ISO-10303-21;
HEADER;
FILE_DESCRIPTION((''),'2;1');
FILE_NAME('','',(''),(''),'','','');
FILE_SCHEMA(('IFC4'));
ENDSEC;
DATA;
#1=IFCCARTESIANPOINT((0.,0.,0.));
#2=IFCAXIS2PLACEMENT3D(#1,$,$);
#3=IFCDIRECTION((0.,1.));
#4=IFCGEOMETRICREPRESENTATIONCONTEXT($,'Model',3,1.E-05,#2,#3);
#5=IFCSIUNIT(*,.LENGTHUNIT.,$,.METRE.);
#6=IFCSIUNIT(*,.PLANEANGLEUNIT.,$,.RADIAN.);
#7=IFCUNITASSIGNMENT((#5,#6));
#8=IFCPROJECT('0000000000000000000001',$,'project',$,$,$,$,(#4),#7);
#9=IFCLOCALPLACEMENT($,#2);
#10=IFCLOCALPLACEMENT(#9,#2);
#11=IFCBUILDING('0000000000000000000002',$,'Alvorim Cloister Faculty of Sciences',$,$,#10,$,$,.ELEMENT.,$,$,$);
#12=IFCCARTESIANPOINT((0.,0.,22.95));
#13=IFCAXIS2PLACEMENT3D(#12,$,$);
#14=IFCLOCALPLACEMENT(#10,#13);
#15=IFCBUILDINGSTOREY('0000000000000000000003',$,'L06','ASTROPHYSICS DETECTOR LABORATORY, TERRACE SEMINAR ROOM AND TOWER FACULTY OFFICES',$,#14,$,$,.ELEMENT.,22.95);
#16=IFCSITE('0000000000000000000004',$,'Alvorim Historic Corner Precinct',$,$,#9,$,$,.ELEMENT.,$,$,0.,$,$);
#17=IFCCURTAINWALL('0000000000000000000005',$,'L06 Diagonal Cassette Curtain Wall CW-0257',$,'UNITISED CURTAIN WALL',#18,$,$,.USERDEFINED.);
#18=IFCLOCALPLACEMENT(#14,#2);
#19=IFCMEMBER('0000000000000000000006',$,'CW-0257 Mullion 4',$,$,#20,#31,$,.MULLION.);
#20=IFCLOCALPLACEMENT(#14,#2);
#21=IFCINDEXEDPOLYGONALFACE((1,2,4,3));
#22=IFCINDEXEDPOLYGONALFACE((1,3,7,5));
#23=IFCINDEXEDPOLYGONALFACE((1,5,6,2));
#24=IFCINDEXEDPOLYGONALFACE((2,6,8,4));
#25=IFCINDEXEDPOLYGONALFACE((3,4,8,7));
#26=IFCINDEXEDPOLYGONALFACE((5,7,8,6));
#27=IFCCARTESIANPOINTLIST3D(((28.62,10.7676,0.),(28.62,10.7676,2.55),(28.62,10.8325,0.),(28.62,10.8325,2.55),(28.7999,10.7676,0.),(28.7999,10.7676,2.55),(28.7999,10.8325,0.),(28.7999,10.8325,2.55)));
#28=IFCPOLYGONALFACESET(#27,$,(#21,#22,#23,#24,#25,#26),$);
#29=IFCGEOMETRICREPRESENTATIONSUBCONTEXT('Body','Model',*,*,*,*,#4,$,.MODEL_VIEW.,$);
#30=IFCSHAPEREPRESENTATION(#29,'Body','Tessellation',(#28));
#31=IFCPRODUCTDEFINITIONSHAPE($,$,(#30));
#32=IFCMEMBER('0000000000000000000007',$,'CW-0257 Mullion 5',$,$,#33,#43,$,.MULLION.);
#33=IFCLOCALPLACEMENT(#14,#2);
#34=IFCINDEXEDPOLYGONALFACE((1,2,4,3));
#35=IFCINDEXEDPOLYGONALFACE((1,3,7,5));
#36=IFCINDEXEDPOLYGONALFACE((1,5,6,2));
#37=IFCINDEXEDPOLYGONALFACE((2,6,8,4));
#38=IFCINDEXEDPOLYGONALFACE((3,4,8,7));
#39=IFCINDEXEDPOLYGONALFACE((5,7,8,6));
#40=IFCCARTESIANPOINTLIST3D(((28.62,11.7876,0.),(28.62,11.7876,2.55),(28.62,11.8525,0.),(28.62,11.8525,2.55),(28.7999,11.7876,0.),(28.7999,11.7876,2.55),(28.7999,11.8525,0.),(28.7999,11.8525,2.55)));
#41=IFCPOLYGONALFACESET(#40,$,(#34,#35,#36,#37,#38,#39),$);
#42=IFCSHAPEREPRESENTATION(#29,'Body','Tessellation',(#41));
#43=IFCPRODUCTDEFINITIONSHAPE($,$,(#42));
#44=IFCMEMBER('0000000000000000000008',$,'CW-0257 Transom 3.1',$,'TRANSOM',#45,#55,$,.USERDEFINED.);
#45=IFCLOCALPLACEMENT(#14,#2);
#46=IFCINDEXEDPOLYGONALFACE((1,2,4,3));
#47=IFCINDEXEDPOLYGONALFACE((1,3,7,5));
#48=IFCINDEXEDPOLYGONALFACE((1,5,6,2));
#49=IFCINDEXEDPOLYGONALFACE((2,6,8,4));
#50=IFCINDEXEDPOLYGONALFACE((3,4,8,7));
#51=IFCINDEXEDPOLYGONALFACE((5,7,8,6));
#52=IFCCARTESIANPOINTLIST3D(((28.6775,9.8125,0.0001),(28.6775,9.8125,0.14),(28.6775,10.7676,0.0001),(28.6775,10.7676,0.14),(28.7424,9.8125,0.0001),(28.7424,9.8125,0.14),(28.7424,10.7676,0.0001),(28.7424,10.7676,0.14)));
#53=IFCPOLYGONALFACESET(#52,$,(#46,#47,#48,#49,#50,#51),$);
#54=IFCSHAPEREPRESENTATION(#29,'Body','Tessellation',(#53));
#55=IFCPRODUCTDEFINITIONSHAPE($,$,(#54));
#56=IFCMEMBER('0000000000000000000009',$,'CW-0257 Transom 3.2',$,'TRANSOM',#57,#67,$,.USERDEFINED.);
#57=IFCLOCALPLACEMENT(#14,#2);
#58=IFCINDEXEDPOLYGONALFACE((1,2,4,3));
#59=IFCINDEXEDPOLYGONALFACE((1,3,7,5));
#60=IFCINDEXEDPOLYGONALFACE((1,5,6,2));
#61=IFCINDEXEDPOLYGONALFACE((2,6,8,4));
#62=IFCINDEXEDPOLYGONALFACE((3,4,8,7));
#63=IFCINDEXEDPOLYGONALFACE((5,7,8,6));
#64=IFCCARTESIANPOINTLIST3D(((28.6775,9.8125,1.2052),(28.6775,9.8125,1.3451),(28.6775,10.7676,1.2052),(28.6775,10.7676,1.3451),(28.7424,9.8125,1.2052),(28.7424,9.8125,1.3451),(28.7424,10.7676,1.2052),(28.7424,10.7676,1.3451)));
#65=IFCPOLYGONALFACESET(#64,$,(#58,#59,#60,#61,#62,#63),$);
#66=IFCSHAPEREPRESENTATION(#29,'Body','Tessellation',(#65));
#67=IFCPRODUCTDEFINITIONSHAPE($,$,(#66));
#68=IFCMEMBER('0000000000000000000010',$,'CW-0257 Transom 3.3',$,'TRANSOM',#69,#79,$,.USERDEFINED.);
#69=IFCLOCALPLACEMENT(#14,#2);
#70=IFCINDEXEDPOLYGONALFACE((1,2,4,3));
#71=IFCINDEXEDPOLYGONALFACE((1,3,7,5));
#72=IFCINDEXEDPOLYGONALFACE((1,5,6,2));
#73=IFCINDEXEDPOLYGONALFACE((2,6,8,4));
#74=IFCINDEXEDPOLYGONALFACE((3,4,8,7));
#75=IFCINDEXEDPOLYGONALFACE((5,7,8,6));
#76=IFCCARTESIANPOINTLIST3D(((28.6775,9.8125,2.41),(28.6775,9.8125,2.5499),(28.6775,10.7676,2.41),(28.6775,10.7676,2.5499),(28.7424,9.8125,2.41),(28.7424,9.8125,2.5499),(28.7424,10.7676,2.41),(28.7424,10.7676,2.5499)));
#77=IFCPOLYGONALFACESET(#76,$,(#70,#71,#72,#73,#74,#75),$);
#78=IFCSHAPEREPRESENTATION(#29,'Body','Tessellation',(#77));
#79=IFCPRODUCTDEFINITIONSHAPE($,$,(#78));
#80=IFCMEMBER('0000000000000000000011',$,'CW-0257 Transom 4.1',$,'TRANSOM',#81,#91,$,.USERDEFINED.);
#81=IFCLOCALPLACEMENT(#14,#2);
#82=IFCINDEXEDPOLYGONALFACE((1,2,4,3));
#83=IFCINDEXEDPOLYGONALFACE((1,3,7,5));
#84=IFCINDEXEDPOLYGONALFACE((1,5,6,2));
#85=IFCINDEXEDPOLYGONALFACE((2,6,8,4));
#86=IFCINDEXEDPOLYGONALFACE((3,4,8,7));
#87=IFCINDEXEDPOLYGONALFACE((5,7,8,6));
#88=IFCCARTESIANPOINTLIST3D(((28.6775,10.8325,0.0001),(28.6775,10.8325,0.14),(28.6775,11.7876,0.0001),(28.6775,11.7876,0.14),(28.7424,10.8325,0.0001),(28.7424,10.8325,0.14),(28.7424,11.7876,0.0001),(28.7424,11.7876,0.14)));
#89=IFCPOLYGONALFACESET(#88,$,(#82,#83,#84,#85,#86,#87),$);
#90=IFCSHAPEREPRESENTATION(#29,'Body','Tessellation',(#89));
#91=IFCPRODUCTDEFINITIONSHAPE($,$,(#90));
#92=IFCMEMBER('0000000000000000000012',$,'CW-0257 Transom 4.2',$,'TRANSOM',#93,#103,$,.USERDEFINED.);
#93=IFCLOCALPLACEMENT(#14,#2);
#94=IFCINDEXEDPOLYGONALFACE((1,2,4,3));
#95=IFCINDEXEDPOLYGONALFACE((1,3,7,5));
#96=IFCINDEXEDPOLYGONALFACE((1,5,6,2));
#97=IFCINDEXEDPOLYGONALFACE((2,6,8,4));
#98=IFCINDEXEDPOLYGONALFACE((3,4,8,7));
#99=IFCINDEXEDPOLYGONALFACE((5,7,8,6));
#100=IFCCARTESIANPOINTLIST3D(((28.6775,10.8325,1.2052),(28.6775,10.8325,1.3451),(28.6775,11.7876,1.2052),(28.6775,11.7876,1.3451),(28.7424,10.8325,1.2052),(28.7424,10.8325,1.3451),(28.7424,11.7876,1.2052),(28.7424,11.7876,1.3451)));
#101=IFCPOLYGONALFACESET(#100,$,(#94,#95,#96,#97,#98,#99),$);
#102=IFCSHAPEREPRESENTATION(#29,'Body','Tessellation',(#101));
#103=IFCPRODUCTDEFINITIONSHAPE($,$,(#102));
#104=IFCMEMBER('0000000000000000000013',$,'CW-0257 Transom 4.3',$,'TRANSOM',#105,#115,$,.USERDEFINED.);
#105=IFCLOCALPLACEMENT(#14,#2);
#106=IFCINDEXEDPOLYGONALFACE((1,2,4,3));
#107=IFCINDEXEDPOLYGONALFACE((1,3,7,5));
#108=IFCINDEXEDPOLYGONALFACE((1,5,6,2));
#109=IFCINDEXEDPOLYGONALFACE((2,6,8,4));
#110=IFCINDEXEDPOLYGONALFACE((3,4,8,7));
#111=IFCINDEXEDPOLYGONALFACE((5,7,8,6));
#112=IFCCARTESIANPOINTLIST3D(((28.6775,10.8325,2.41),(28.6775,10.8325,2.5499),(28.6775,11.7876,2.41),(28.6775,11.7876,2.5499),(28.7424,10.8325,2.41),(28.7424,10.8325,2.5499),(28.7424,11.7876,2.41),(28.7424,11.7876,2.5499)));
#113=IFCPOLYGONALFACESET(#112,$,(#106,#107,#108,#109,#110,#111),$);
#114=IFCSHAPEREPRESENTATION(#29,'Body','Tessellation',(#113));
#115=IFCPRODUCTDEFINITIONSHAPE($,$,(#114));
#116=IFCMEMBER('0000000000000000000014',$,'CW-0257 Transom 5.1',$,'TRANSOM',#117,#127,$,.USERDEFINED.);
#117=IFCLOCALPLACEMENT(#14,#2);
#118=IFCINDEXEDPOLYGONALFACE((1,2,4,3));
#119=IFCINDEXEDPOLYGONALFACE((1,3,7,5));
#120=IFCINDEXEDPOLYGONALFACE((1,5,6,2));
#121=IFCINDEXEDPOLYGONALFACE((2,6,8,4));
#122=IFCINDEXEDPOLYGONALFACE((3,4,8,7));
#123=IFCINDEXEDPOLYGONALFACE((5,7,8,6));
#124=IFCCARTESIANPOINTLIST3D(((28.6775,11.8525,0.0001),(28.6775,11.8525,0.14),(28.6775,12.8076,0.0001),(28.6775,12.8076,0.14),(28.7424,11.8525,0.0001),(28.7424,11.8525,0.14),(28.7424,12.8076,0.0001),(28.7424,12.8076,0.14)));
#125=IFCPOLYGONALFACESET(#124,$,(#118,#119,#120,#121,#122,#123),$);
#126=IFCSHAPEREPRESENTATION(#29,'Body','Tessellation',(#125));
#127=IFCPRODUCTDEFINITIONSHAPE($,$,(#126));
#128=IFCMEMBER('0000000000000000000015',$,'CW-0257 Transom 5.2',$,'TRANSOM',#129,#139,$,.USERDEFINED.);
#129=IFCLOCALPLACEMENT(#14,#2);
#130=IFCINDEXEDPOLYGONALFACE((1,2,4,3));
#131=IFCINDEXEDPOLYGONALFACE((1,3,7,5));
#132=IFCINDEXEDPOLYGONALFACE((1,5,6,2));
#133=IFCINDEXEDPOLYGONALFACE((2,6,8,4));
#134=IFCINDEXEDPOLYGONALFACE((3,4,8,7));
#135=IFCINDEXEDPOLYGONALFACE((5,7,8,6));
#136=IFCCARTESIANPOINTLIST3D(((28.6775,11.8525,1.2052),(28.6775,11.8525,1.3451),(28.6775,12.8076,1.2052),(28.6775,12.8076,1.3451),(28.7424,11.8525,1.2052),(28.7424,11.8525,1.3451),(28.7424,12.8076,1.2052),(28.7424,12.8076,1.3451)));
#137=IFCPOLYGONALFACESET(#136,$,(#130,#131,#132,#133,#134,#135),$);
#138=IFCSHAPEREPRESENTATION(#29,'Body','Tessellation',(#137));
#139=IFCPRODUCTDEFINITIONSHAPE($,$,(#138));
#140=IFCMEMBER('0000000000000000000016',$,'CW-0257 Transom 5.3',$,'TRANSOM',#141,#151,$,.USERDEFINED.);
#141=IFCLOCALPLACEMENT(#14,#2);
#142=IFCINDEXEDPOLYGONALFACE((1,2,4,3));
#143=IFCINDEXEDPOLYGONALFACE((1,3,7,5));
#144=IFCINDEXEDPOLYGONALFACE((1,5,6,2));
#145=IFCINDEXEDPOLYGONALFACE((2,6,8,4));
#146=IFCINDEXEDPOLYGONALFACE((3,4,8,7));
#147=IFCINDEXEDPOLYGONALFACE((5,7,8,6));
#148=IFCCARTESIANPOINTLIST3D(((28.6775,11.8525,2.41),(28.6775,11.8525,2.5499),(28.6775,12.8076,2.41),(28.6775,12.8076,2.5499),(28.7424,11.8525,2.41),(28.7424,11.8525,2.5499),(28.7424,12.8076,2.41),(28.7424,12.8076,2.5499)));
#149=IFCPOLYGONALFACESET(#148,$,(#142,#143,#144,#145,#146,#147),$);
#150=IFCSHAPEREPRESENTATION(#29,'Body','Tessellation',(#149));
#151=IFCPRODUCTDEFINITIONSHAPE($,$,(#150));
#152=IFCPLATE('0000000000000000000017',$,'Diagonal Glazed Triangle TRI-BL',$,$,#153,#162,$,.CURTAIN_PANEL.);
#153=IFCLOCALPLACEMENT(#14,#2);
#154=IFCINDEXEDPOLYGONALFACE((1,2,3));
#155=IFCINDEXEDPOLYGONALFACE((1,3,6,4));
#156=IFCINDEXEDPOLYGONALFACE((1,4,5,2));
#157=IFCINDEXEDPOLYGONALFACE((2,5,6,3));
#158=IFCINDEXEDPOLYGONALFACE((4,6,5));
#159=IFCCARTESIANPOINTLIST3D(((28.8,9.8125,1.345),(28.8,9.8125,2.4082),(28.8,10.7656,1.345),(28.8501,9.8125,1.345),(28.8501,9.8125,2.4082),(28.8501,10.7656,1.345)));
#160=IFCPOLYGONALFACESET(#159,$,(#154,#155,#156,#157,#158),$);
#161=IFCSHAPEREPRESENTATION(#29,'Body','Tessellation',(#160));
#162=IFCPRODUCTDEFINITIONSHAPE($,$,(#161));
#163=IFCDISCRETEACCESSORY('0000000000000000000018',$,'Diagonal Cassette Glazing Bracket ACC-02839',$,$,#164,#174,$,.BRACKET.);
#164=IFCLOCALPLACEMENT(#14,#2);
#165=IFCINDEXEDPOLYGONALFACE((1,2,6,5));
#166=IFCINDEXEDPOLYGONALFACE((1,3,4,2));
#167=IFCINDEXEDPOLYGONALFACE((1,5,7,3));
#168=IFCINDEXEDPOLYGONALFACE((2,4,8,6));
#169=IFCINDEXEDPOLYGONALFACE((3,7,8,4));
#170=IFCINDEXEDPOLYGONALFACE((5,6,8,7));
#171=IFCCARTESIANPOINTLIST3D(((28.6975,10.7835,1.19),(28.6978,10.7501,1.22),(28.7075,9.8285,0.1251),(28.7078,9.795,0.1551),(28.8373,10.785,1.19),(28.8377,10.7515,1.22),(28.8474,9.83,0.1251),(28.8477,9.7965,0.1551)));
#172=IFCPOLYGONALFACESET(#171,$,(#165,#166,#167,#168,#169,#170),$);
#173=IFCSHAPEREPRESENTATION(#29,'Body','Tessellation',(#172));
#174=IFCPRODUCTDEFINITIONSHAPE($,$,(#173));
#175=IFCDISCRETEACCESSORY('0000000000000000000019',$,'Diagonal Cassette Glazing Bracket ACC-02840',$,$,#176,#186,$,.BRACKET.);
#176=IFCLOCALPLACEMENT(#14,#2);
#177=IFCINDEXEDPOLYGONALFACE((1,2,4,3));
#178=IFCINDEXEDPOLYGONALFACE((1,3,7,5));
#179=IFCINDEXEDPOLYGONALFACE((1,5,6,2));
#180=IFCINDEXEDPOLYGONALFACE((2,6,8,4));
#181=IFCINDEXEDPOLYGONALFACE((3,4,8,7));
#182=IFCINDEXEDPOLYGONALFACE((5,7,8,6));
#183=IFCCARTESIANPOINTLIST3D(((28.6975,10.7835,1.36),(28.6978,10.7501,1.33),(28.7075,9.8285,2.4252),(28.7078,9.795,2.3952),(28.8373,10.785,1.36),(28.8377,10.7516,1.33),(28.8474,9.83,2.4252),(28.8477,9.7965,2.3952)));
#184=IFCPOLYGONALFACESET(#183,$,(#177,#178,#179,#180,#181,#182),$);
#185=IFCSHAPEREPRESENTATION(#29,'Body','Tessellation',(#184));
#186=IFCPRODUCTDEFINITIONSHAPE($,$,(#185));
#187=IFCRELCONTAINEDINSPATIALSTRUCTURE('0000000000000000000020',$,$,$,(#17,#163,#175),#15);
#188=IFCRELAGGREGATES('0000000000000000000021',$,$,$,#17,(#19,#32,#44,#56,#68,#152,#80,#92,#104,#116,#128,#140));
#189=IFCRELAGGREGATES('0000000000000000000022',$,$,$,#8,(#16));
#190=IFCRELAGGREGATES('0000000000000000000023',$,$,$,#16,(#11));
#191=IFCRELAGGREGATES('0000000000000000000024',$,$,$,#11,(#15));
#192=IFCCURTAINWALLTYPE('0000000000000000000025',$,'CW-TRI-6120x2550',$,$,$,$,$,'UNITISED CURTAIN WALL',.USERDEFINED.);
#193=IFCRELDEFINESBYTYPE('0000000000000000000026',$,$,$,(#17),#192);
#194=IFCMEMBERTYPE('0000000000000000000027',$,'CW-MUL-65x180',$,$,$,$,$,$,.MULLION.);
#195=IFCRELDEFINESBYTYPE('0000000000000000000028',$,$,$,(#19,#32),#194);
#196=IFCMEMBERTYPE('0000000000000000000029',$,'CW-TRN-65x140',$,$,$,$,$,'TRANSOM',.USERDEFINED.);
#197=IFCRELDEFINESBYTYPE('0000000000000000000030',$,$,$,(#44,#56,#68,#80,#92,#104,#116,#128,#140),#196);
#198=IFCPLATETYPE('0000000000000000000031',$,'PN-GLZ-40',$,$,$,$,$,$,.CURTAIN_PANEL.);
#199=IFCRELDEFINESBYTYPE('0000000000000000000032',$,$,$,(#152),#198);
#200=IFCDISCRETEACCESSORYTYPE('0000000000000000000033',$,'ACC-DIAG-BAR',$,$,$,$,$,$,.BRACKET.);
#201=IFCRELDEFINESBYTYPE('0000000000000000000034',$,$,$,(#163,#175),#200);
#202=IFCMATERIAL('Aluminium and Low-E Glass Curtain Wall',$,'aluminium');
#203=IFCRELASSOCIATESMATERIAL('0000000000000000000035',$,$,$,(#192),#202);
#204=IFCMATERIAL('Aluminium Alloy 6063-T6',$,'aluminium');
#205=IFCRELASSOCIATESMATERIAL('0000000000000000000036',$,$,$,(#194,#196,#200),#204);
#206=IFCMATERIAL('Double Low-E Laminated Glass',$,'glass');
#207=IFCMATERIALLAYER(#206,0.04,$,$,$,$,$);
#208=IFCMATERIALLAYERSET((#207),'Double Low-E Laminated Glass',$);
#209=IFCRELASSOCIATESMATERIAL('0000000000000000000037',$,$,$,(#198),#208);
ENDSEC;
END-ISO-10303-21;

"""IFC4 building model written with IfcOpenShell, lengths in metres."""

from ifc_helpers import new_model, si_unit, direction, frame, origin, origin_2d, place, context, subcontext, project, spatial, polyline, rectangle, outline, extrude, material, layer, layer_set, material_profile, profile_set, type_object, element, aggregate, save


model = new_model("IFC4")

# Units and contexts
model_context = context("Model", 3, precision=1e-05, world=origin(), true_north=direction((0.0, 1.0)))
body_context = subcontext(model_context, "Body", "Model", "MODEL_VIEW")
ifc_project = project(units=[si_unit("LENGTHUNIT", "METRE"), si_unit("PLANEANGLEUNIT", "RADIAN")], contexts=[model_context])

# Site, building, storey
site_placement = place(None, origin())
site = spatial("IfcSite", under=ifc_project, at=site_placement, Name="Alvorim Historic Corner Precinct", CompositionType="ELEMENT", RefElevation=0.0)
building_placement = place(site_placement, origin())
building = spatial("IfcBuilding", under=site, at=building_placement, Name="Alvorim Cloister Faculty of Sciences", CompositionType="ELEMENT")
storey_placement = place(building_placement, frame((0.0, 0.0, 22.95)))
storey = spatial("IfcBuildingStorey", under=building, at=storey_placement, Name="L06", Description="ASTROPHYSICS DETECTOR LABORATORY, TERRACE SEMINAR ROOM AND TOWER FACULTY OFFICES", CompositionType="ELEMENT", Elevation=22.95)

# Curtain wall, members, plate
ifc_material_1 = material(Name="Aluminium and Low-E Glass Curtain Wall", Category="aluminium")
curtain_wall_type = type_object("IfcCurtainWallType", Name="CW-TRI-6120x2550", ElementType="UNITISED CURTAIN WALL", PredefinedType="USERDEFINED", material=ifc_material_1)
curtain_wall_placement = place(storey_placement, origin())
curtain_wall = element("IfcCurtainWall", 1, at=curtain_wall_placement, inside=storey, type_object=curtain_wall_type, Name="L06 Diagonal Cassette Curtain Wall CW-0257", ObjectType="UNITISED CURTAIN WALL", PredefinedType="USERDEFINED")
ifc_material_2 = material(Name="Aluminium Alloy 6063-T6", Category="aluminium")
ifc_material_profile_1 = material_profile(ifc_material_2, rectangle(XDim=0.0649, YDim=0.1799, at=origin_2d()), Name="ALU-MUL-65x180")
ifc_profile_set_1 = profile_set([ifc_material_profile_1], Name="Aluminium Alloy 6063-T6")
member_type_1 = type_object("IfcMemberType", Name="CW-MUL-65x180", PredefinedType="MULLION", material=ifc_profile_set_1)
member_1_placement = place(storey_placement, frame((28.71, 10.8, 0.0), z_axis=(0.0, 0.0, 1.0), x_axis=(0.0, 1.0, 0.0)))
member_1 = element("IfcMember", 2, at=member_1_placement, type_object=member_type_1, Name="CW-0257 Mullion 4", PredefinedType="MULLION", context=body_context, shape_type="SweptSolid", body=[
    extrude(rectangle(XDim=0.0649, YDim=0.1799, at=origin_2d()), origin(), (0.0, 0.0, 1.0), 2.55),
])
member_2_placement = place(storey_placement, frame((28.71, 11.8201, 0.0), z_axis=(0.0, 0.0, 1.0), x_axis=(0.0, 1.0, 0.0)))
member_2 = element("IfcMember", 3, at=member_2_placement, type_object=member_type_1, Name="CW-0257 Mullion 5", PredefinedType="MULLION", context=body_context, shape_type="SweptSolid", body=[
    extrude(rectangle(XDim=0.0649, YDim=0.1799, at=origin_2d()), origin(), (0.0, 0.0, 1.0), 2.55),
])
ifc_material_profile_2 = material_profile(ifc_material_2, rectangle(XDim=0.0649, YDim=0.1399, at=origin_2d()), Name="ALU-TRN-65x140")
ifc_profile_set_2 = profile_set([ifc_material_profile_2], Name="Aluminium Alloy 6063-T6")
member_type_2 = type_object("IfcMemberType", Name="CW-TRN-65x140", ElementType="TRANSOM", PredefinedType="USERDEFINED", material=ifc_profile_set_2)
member_3_placement = place(storey_placement, frame((28.71, 9.8125, 0.0701), z_axis=(0.0, 1.0, 0.0), x_axis=(-1.0, 0.0, 0.0)))
member_3 = element("IfcMember", 4, at=member_3_placement, type_object=member_type_2, Name="CW-0257 Transom 3.1", ObjectType="TRANSOM", PredefinedType="USERDEFINED", context=body_context, shape_type="SweptSolid", body=[
    extrude(rectangle(XDim=0.0649, YDim=0.1399, at=origin_2d()), origin(), (0.0, 0.0, 1.0), 0.9551),
])
member_4_placement = place(storey_placement, frame((28.71, 9.8125, 1.2751), z_axis=(0.0, 1.0, 0.0), x_axis=(-1.0, 0.0, 0.0)))
member_4 = element("IfcMember", 5, at=member_4_placement, type_object=member_type_2, Name="CW-0257 Transom 3.2", ObjectType="TRANSOM", PredefinedType="USERDEFINED", context=body_context, shape_type="SweptSolid", body=[
    extrude(rectangle(XDim=0.0649, YDim=0.1399, at=origin_2d()), origin(), (0.0, 0.0, 1.0), 0.9551),
])
member_5_placement = place(storey_placement, frame((28.71, 9.8125, 2.48), z_axis=(0.0, 1.0, 0.0), x_axis=(-1.0, 0.0, 0.0)))
member_5 = element("IfcMember", 6, at=member_5_placement, type_object=member_type_2, Name="CW-0257 Transom 3.3", ObjectType="TRANSOM", PredefinedType="USERDEFINED", context=body_context, shape_type="SweptSolid", body=[
    extrude(rectangle(XDim=0.0649, YDim=0.1399, at=origin_2d()), origin(), (0.0, 0.0, 1.0), 0.9551),
])
member_6_placement = place(storey_placement, frame((28.71, 10.8325, 0.0701), z_axis=(0.0, 1.0, 0.0), x_axis=(-1.0, 0.0, 0.0)))
member_6 = element("IfcMember", 7, at=member_6_placement, type_object=member_type_2, Name="CW-0257 Transom 4.1", ObjectType="TRANSOM", PredefinedType="USERDEFINED", context=body_context, shape_type="SweptSolid", body=[
    extrude(rectangle(XDim=0.0649, YDim=0.1399, at=origin_2d()), origin(), (0.0, 0.0, 1.0), 0.9551),
])
member_7_placement = place(storey_placement, frame((28.71, 10.8325, 1.2751), z_axis=(0.0, 1.0, 0.0), x_axis=(-1.0, 0.0, 0.0)))
member_7 = element("IfcMember", 8, at=member_7_placement, type_object=member_type_2, Name="CW-0257 Transom 4.2", ObjectType="TRANSOM", PredefinedType="USERDEFINED", context=body_context, shape_type="SweptSolid", body=[
    extrude(rectangle(XDim=0.0649, YDim=0.1399, at=origin_2d()), origin(), (0.0, 0.0, 1.0), 0.9551),
])
member_8_placement = place(storey_placement, frame((28.71, 10.8325, 2.48), z_axis=(0.0, 1.0, 0.0), x_axis=(-1.0, 0.0, 0.0)))
member_8 = element("IfcMember", 9, at=member_8_placement, type_object=member_type_2, Name="CW-0257 Transom 4.3", ObjectType="TRANSOM", PredefinedType="USERDEFINED", context=body_context, shape_type="SweptSolid", body=[
    extrude(rectangle(XDim=0.0649, YDim=0.1399, at=origin_2d()), origin(), (0.0, 0.0, 1.0), 0.9551),
])
member_9_placement = place(storey_placement, frame((28.71, 11.8525, 0.0701), z_axis=(0.0, 1.0, 0.0), x_axis=(-1.0, 0.0, 0.0)))
member_9 = element("IfcMember", 10, at=member_9_placement, type_object=member_type_2, Name="CW-0257 Transom 5.1", ObjectType="TRANSOM", PredefinedType="USERDEFINED", context=body_context, shape_type="SweptSolid", body=[
    extrude(rectangle(XDim=0.0649, YDim=0.1399, at=origin_2d()), origin(), (0.0, 0.0, 1.0), 0.9551),
])
member_10_placement = place(storey_placement, frame((28.71, 11.8525, 1.2751), z_axis=(0.0, 1.0, 0.0), x_axis=(-1.0, 0.0, 0.0)))
member_10 = element("IfcMember", 11, at=member_10_placement, type_object=member_type_2, Name="CW-0257 Transom 5.2", ObjectType="TRANSOM", PredefinedType="USERDEFINED", context=body_context, shape_type="SweptSolid", body=[
    extrude(rectangle(XDim=0.0649, YDim=0.1399, at=origin_2d()), origin(), (0.0, 0.0, 1.0), 0.9551),
])
member_11_placement = place(storey_placement, frame((28.71, 11.8525, 2.48), z_axis=(0.0, 1.0, 0.0), x_axis=(-1.0, 0.0, 0.0)))
member_11 = element("IfcMember", 12, at=member_11_placement, type_object=member_type_2, Name="CW-0257 Transom 5.3", ObjectType="TRANSOM", PredefinedType="USERDEFINED", context=body_context, shape_type="SweptSolid", body=[
    extrude(rectangle(XDim=0.0649, YDim=0.1399, at=origin_2d()), origin(), (0.0, 0.0, 1.0), 0.9551),
])
ifc_material_3 = material(Name="Double Low-E Laminated Glass", Category="glass")
ifc_layer = layer(ifc_material_3, 0.04)
ifc_layer_set = layer_set([ifc_layer], Name="Double Low-E Laminated Glass")
plate_type = type_object("IfcPlateType", Name="PN-GLZ-40", PredefinedType="CURTAIN_PANEL", material=ifc_layer_set)
plate_1_placement = place(storey_placement, frame((28.825, 9.8125, 1.345), z_axis=(0.0, 0.0, 1.0), x_axis=(0.0, 1.0, 0.0)))
plate_1 = element("IfcPlate", 13, at=plate_1_placement, type_object=plate_type, Name="Diagonal Glazed Triangle TRI-BL", PredefinedType="CURTAIN_PANEL", context=body_context, shape_type="SweptSolid", body=[
    extrude(outline(polyline([(0.0, 0.0), (0.9531, 0.0), (0.0, 1.0632), (0.0, 0.0)])), frame((0.0, 0.0249, 0.0), z_axis=(0.0, -1.0, 0.0), x_axis=(1.0, 0.0, 0.0)), (0.0, 0.0, 1.0), 0.05),
])
aggregate(curtain_wall, [member_1, member_2, member_3, member_4, member_5, plate_1, member_6, member_7, member_8, member_9, member_10, member_11])

# Discrete accessories
discrete_accessory_type = type_object("IfcDiscreteAccessoryType", Name="ACC-DIAG-BAR", PredefinedType="BRACKET", material=ifc_material_2)
discrete_accessory_1_placement = place(storey_placement, frame((28.7776, 9.8125, 0.1401), z_axis=(-0.006997, 0.667646, 0.744446), x_axis=(-0.999945, -0.01048, 0.0)))
element("IfcDiscreteAccessory", 14, at=discrete_accessory_1_placement, inside=storey, type_object=discrete_accessory_type, Name="Diagonal Cassette Glazing Bracket ACC-02839", PredefinedType="BRACKET", context=body_context, shape_type="SweptSolid", body=[
    extrude(rectangle(XDim=0.1399, YDim=0.0449, at=origin_2d()), origin(), (0.0, 0.0, 1.0), 1.4304),
])
discrete_accessory_2_placement = place(storey_placement, frame((28.7776, 9.8125, 2.4102), z_axis=(-0.006996, 0.667561, -0.744522), x_axis=(-0.999945, -0.01048, 0.0)))
element("IfcDiscreteAccessory", 15, at=discrete_accessory_2_placement, inside=storey, type_object=discrete_accessory_type, Name="Diagonal Cassette Glazing Bracket ACC-02840", PredefinedType="BRACKET", context=body_context, shape_type="SweptSolid", body=[
    extrude(rectangle(XDim=0.1399, YDim=0.0449, at=origin_2d()), origin(), (0.0, 0.0, 1.0), 1.4307),
])

save(model, "model.ifc")
